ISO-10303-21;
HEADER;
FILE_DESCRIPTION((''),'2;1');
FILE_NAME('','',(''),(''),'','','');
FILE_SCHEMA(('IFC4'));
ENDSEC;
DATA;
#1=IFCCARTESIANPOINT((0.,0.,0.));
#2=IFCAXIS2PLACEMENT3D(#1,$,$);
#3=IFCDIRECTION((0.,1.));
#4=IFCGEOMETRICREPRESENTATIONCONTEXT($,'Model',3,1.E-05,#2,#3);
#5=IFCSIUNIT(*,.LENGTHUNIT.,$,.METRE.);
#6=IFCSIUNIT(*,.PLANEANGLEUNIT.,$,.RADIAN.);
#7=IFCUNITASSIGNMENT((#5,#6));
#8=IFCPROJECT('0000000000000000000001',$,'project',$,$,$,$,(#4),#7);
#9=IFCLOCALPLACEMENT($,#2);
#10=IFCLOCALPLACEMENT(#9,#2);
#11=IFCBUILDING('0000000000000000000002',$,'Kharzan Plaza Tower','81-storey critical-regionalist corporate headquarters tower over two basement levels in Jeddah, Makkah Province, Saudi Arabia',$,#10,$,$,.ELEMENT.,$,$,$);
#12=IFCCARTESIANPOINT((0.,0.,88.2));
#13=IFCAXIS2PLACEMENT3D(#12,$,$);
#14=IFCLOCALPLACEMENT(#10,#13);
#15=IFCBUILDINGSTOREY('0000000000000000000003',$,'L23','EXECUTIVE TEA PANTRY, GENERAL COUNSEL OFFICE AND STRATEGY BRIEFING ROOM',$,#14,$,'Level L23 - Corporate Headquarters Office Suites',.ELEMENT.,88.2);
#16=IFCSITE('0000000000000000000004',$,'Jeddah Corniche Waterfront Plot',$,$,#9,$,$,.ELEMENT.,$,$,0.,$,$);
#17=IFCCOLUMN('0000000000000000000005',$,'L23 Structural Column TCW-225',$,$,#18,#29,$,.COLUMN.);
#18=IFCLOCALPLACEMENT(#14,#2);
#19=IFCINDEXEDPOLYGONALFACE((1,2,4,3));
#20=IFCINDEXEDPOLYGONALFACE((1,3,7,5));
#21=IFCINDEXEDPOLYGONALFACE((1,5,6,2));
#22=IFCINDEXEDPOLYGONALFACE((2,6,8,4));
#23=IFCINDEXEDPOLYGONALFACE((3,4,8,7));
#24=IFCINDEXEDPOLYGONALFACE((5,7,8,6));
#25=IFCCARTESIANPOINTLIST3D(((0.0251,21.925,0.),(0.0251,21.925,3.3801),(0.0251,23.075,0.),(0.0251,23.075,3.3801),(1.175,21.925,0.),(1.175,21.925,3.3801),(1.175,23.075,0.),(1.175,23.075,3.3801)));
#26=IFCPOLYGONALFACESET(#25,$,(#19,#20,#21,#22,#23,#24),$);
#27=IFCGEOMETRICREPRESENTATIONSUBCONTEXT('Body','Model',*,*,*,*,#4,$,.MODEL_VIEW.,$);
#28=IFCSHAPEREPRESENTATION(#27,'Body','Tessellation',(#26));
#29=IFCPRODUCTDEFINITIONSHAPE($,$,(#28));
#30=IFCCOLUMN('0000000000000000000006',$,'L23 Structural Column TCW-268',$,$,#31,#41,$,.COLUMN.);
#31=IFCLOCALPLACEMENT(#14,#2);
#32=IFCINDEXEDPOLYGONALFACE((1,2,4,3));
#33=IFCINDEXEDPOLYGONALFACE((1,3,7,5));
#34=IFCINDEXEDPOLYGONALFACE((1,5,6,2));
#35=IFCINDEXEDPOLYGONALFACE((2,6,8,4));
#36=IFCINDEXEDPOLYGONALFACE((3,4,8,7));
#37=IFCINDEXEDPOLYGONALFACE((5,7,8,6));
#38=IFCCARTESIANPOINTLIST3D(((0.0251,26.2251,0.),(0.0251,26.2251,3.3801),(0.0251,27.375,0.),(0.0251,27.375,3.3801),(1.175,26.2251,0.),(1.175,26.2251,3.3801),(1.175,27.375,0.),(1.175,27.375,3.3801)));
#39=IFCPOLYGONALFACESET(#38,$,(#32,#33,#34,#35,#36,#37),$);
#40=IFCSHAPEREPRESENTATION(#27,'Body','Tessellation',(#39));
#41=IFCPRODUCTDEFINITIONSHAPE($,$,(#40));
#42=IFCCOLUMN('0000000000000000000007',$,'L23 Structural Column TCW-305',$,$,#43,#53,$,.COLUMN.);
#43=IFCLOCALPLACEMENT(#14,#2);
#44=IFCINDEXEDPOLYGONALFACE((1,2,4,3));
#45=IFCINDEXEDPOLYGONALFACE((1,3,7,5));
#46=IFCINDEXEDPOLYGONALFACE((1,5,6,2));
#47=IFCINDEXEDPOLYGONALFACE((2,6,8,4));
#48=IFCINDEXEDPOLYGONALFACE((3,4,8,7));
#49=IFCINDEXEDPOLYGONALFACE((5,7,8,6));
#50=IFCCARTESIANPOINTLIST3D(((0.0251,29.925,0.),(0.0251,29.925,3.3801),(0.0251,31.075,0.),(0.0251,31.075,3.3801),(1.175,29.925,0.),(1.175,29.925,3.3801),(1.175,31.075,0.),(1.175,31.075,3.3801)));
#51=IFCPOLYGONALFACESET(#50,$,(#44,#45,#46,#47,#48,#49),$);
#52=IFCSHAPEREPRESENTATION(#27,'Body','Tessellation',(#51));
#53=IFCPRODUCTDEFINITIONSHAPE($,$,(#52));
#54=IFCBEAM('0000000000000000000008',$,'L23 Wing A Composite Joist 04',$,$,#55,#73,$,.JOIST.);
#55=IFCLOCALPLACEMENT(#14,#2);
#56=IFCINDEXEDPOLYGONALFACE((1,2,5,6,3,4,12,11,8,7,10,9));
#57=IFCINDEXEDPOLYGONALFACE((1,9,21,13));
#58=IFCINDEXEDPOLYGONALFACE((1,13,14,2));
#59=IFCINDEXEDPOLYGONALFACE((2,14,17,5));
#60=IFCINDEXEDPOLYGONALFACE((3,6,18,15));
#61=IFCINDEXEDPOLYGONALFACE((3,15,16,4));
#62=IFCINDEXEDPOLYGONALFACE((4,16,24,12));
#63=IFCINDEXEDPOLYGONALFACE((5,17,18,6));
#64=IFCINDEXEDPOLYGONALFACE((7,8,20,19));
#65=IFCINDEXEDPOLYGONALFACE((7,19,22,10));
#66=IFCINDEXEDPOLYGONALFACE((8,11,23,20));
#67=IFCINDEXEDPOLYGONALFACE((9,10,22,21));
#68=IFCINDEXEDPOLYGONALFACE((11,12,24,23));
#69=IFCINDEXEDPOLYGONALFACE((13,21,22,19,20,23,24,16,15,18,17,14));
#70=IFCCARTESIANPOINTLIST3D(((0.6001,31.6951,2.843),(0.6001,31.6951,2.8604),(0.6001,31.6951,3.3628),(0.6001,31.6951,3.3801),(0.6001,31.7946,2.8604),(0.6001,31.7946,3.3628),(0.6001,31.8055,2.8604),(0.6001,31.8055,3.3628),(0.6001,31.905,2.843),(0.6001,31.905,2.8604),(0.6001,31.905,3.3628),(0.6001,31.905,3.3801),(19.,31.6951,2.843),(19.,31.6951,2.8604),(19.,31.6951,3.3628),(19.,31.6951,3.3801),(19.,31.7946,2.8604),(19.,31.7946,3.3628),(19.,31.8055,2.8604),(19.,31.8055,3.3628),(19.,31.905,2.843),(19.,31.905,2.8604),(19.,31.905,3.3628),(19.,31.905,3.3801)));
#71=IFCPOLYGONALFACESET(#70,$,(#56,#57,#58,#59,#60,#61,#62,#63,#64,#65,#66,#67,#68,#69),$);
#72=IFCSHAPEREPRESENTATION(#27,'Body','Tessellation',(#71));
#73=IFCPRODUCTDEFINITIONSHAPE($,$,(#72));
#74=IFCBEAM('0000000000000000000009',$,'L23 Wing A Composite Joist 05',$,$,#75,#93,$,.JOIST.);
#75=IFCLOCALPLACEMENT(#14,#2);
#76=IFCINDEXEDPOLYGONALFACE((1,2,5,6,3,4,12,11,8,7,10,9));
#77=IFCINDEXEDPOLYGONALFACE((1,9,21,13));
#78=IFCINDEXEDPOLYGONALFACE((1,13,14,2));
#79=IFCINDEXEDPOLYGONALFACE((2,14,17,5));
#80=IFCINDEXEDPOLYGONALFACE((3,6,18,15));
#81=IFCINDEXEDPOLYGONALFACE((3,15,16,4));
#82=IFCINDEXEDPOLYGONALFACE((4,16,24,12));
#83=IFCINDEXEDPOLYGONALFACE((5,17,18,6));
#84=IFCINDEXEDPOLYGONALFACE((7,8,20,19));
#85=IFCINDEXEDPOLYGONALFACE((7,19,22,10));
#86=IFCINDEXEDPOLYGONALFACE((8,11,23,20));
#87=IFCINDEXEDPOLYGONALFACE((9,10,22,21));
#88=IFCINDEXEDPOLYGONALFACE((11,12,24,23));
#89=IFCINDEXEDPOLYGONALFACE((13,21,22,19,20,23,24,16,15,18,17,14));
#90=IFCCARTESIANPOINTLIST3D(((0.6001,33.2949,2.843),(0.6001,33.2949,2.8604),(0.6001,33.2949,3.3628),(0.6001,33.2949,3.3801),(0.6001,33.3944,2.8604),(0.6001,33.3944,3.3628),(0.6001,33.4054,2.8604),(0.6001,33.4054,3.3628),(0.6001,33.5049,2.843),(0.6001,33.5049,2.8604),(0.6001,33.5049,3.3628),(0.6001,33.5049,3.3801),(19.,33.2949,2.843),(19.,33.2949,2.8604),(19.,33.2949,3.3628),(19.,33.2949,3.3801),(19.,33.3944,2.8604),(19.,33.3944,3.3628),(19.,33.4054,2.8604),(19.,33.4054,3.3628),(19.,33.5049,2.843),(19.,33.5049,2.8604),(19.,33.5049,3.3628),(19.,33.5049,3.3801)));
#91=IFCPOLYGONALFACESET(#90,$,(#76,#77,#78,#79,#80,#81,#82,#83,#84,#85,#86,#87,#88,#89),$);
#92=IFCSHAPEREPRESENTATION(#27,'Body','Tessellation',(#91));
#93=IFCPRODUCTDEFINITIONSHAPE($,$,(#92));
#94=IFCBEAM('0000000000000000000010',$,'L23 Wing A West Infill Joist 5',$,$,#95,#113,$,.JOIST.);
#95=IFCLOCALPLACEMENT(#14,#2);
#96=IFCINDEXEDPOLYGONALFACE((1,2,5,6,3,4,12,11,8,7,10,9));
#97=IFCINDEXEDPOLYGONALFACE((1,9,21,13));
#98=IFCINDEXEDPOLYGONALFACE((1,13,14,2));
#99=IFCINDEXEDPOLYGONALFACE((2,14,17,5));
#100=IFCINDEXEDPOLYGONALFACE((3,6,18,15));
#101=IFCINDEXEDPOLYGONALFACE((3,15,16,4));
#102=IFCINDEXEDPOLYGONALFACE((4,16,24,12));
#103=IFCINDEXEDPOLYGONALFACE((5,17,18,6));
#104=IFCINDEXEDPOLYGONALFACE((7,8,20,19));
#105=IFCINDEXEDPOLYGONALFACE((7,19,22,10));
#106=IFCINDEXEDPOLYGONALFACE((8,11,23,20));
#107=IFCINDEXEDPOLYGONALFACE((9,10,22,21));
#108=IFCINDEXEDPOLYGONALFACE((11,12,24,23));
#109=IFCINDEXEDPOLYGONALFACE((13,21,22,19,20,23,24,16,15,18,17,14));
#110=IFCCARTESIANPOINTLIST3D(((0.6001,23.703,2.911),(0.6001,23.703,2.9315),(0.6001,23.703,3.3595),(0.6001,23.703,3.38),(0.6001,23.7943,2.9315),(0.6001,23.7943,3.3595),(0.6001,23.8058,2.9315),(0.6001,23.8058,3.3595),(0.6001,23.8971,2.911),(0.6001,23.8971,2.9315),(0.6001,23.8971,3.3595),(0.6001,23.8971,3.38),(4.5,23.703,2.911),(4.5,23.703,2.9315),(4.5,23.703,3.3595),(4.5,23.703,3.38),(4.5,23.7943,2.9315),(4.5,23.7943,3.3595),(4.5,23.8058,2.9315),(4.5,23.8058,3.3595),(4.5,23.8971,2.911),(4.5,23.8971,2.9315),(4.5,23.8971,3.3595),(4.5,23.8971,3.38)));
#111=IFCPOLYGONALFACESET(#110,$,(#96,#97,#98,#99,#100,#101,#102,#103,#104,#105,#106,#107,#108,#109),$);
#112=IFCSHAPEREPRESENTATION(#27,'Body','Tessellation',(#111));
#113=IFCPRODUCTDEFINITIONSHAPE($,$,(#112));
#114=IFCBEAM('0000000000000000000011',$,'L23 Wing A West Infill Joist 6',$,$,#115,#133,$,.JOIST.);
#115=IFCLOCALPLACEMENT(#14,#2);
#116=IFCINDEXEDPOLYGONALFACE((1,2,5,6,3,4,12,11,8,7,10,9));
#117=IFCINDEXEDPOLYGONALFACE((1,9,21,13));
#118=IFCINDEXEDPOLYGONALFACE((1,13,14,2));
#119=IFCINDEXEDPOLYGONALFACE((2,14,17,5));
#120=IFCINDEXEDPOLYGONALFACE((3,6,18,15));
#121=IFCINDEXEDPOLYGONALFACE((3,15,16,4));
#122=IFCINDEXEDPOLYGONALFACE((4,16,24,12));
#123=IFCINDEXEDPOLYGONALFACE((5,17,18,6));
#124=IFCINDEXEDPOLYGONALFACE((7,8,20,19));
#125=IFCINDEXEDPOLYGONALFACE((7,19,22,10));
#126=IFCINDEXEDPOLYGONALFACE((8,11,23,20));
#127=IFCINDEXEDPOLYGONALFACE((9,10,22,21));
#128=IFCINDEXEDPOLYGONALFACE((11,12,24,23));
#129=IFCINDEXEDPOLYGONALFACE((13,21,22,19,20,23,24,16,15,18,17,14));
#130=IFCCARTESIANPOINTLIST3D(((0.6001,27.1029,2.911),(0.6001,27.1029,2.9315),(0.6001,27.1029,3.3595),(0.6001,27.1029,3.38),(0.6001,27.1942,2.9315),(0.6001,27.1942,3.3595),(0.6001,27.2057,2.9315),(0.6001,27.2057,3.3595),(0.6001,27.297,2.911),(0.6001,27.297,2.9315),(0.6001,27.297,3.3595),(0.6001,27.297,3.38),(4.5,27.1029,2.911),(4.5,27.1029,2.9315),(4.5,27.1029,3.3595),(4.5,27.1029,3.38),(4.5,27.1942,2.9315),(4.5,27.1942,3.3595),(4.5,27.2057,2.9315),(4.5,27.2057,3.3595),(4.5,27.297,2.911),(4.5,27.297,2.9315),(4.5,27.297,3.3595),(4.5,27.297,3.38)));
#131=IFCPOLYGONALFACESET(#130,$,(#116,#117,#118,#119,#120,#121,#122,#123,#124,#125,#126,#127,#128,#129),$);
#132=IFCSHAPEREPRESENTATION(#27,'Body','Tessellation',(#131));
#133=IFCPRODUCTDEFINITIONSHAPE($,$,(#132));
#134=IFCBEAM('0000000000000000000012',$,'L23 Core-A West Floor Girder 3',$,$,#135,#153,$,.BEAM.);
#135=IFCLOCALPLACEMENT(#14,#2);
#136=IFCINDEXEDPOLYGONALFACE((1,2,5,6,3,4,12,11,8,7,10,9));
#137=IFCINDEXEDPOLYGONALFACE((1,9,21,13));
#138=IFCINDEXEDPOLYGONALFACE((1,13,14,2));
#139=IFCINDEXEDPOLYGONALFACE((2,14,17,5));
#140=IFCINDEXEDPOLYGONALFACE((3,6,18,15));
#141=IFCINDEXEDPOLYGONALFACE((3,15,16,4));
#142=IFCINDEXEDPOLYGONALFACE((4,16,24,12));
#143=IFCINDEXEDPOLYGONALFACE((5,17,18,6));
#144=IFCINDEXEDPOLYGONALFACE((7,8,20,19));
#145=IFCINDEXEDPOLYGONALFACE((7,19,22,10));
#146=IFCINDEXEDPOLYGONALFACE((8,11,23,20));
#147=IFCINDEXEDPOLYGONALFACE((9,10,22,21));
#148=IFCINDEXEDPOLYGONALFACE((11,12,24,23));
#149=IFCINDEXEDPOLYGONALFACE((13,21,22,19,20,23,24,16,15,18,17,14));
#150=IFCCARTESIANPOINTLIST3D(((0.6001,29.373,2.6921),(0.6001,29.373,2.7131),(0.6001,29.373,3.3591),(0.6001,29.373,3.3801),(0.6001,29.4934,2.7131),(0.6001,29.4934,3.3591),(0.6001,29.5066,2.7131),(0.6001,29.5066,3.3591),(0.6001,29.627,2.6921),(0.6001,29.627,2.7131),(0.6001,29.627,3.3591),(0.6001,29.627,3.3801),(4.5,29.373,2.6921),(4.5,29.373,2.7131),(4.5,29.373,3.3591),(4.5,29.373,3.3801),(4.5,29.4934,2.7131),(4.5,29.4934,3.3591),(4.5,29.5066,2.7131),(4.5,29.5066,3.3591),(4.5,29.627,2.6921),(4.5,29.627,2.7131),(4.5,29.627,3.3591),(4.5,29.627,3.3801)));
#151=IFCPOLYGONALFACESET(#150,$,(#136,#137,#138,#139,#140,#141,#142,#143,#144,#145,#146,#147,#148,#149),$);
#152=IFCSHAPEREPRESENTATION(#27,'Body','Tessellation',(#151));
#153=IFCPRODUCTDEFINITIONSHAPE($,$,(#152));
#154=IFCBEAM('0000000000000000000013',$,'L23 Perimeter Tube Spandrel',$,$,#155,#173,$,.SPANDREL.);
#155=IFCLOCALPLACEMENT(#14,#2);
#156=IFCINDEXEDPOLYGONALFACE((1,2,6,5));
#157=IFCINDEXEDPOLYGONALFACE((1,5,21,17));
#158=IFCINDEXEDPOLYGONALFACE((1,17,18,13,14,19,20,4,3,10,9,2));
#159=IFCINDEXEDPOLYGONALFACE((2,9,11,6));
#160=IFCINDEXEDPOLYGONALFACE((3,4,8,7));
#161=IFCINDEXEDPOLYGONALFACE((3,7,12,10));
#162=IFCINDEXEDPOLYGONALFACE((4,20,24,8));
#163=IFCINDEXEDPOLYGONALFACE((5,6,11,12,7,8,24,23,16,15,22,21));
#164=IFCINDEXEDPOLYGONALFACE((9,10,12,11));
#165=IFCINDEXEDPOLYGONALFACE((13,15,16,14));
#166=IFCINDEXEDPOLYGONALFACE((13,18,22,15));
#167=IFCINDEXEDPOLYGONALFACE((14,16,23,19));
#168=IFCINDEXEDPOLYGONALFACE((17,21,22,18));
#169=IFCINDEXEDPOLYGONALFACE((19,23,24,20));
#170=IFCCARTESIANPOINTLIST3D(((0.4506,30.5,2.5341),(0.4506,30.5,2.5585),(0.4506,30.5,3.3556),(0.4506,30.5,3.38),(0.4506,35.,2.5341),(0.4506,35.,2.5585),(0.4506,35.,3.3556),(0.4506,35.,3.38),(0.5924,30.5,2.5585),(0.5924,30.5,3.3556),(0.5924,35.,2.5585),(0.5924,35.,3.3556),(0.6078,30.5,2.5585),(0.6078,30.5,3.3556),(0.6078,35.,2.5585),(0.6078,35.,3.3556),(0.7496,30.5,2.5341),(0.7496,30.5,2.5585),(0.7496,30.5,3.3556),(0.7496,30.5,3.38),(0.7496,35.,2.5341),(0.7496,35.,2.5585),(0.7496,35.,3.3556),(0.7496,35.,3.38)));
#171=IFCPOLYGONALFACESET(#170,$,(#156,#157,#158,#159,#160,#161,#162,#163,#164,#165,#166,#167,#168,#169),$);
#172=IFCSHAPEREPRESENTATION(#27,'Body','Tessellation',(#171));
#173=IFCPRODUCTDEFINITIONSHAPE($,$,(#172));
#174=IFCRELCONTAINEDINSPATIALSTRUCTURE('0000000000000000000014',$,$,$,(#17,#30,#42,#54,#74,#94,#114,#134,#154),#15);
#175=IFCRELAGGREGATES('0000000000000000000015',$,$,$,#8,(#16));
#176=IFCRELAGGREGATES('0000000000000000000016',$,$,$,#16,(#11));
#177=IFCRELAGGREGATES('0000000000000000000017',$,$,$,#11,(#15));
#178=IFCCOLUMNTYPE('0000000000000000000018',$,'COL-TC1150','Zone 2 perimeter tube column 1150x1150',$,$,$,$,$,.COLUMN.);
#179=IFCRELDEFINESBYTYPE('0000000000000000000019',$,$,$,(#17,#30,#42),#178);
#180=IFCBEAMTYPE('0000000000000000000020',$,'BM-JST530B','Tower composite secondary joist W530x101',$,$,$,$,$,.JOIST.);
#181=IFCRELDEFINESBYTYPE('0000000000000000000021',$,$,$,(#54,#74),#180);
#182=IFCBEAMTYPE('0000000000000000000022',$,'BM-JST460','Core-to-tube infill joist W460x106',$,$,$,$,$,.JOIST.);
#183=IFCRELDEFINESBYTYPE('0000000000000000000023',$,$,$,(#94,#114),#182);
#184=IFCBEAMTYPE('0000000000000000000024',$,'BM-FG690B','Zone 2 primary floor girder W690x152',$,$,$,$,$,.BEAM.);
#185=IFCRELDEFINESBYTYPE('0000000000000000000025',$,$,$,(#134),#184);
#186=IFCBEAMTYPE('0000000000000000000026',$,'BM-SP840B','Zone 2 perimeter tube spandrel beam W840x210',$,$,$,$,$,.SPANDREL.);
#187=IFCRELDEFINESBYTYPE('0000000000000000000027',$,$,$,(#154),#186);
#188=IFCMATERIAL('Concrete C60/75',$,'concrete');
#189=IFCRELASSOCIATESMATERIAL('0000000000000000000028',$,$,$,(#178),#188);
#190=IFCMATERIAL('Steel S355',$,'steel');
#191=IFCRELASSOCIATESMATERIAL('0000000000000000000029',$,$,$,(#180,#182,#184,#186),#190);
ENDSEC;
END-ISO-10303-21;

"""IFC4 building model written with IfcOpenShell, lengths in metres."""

from ifc_helpers import new_model, si_unit, direction, frame, origin, origin_2d, place, context, subcontext, project, spatial, rectangle, i_section, extrude, source, transform, mapped, material, material_profile, profile_set, type_object, element, save


model = new_model("IFC4")

# Units and contexts
model_context = context("Model", 3, precision=1e-05, world=origin(), true_north=direction((0.0, 1.0)))
body_context = subcontext(model_context, "Body", "Model", "MODEL_VIEW")
ifc_project = project(units=[si_unit("LENGTHUNIT", "METRE"), si_unit("PLANEANGLEUNIT", "RADIAN")], contexts=[model_context])

# Site, building, storey
site_placement = place(None, origin())
site = spatial("IfcSite", under=ifc_project, at=site_placement, Name="Jeddah Corniche Waterfront Plot", CompositionType="ELEMENT", RefElevation=0.0)
building_placement = place(site_placement, origin())
building = spatial("IfcBuilding", under=site, at=building_placement, Name="Kharzan Plaza Tower", Description="81-storey critical-regionalist corporate headquarters tower over two basement levels in Jeddah, Makkah Province, Saudi Arabia", CompositionType="ELEMENT")
storey_placement = place(building_placement, frame((0.0, 0.0, 88.2)))
storey = spatial("IfcBuildingStorey", under=building, at=storey_placement, Name="L23", Description="EXECUTIVE TEA PANTRY, GENERAL COUNSEL OFFICE AND STRATEGY BRIEFING ROOM", LongName="Level L23 - Corporate Headquarters Office Suites", CompositionType="ELEMENT", Elevation=88.2)

# Columns
ifc_material_1 = material(Name="Concrete C60/75", Category="concrete")
ifc_material_profile_1 = material_profile(ifc_material_1, rectangle(XDim=1.1499, YDim=1.1499, at=origin_2d()), Name="RC-TC1150x1150")
ifc_profile_set_1 = profile_set([ifc_material_profile_1], Name="Concrete C60/75")
column_type = type_object("IfcColumnType", Name="COL-TC1150", Description="Zone 2 perimeter tube column 1150x1150", PredefinedType="COLUMN", material=ifc_profile_set_1)
shared_shape_1 = source(origin(), body_context, "Body", "SweptSolid", [
    extrude(rectangle(XDim=1.1499, YDim=1.1499, at=origin_2d()), origin(), (0.0, 0.0, 1.0), 3.3801),
])
for number, where, z_axis, x_axis, name in (
    (1, (0.6001, 22.5, 0.0), (0.0, 0.0, 1.0), (1.0, 0.0, 0.0), "L23 Structural Column TCW-225"),
    (2, (0.6001, 26.8, 0.0), (0.0, 0.0, 1.0), (1.0, 0.0, 0.0), "L23 Structural Column TCW-268"),
    (3, (0.6001, 30.5, 0.0), (0.0, 0.0, 1.0), (1.0, 0.0, 0.0), "L23 Structural Column TCW-305"),
):
    element("IfcColumn", number, at=place(storey_placement, frame(where, z_axis=z_axis, x_axis=x_axis)), inside=storey, type_object=column_type, Name=name, PredefinedType="COLUMN", context=body_context, shape_type="MappedRepresentation", body=[
        mapped(shared_shape_1, transform((0.0, 0.0, 0.0), x_axis=(1.0, 0.0, 0.0), y_axis=(0.0, 1.0, 0.0), z_axis=(0.0, 0.0, 1.0))),
    ])

# Beams
ifc_material_2 = material(Name="Steel S355", Category="steel")
ifc_material_profile_2 = material_profile(ifc_material_2, i_section(OverallWidth=0.21, OverallDepth=0.5371, WebThickness=0.011, FlangeThickness=0.0173, at=origin_2d()), Name="W530x101")
ifc_profile_set_2 = profile_set([ifc_material_profile_2], Name="Steel S355")
beam_type_1 = type_object("IfcBeamType", Name="BM-JST530B", Description="Tower composite secondary joist W530x101", PredefinedType="JOIST", material=ifc_profile_set_2)
shared_shape_2 = source(origin(), body_context, "Body", "SweptSolid", [
    extrude(i_section(OverallWidth=0.21, OverallDepth=0.5371, WebThickness=0.011, FlangeThickness=0.0173, at=origin_2d()), origin(), (0.0, 0.0, 1.0), 18.3999),
])
for number, where, z_axis, x_axis, name in (
    (4, (0.6001, 31.8, 3.1116), (1.0, 0.0, 0.0), (0.0, 1.0, 0.0), "L23 Wing A Composite Joist 04"),
    (5, (0.6001, 33.3999, 3.1116), (1.0, 0.0, 0.0), (0.0, 1.0, 0.0), "L23 Wing A Composite Joist 05"),
):
    element("IfcBeam", number, at=place(storey_placement, frame(where, z_axis=z_axis, x_axis=x_axis)), inside=storey, type_object=beam_type_1, Name=name, PredefinedType="JOIST", context=body_context, shape_type="MappedRepresentation", body=[
        mapped(shared_shape_2, transform((0.0, 0.0, 0.0), x_axis=(1.0, 0.0, 0.0), y_axis=(0.0, 1.0, 0.0), z_axis=(0.0, 0.0, 1.0))),
    ])
ifc_material_profile_3 = material_profile(ifc_material_2, i_section(OverallWidth=0.1941, OverallDepth=0.469, WebThickness=0.0115, FlangeThickness=0.0205, at=origin_2d()), Name="W460x106")
ifc_profile_set_3 = profile_set([ifc_material_profile_3], Name="Steel S355")
beam_type_2 = type_object("IfcBeamType", Name="BM-JST460", Description="Core-to-tube infill joist W460x106", PredefinedType="JOIST", material=ifc_profile_set_3)
shared_shape_3 = source(origin(), body_context, "Body", "SweptSolid", [
    extrude(i_section(OverallWidth=0.1941, OverallDepth=0.469, WebThickness=0.0115, FlangeThickness=0.0205, at=origin_2d()), origin(), (0.0, 0.0, 1.0), 3.8999),
])
for number, where, z_axis, x_axis, name in (
    (6, (0.6001, 23.8, 3.1455), (1.0, 0.0, 0.0), (0.0, 1.0, 0.0), "L23 Wing A West Infill Joist 5"),
    (7, (0.6001, 27.2, 3.1455), (1.0, 0.0, 0.0), (0.0, 1.0, 0.0), "L23 Wing A West Infill Joist 6"),
):
    element("IfcBeam", number, at=place(storey_placement, frame(where, z_axis=z_axis, x_axis=x_axis)), inside=storey, type_object=beam_type_2, Name=name, PredefinedType="JOIST", context=body_context, shape_type="MappedRepresentation", body=[
        mapped(shared_shape_3, transform((0.0, 0.0, 0.0), x_axis=(1.0, 0.0, 0.0), y_axis=(0.0, 1.0, 0.0), z_axis=(0.0, 0.0, 1.0))),
    ])
ifc_material_profile_4 = material_profile(ifc_material_2, i_section(OverallWidth=0.2539, OverallDepth=0.688, WebThickness=0.0132, FlangeThickness=0.021, at=origin_2d()), Name="W690x152")
ifc_profile_set_4 = profile_set([ifc_material_profile_4], Name="Steel S355")
beam_type_3 = type_object("IfcBeamType", Name="BM-FG690B", Description="Zone 2 primary floor girder W690x152", PredefinedType="BEAM", material=ifc_profile_set_4)
shared_shape_4 = source(origin(), body_context, "Body", "SweptSolid", [
    extrude(i_section(OverallWidth=0.2539, OverallDepth=0.688, WebThickness=0.0132, FlangeThickness=0.021, at=origin_2d()), origin(), (0.0, 0.0, 1.0), 3.8999),
])
beam_1_placement = place(storey_placement, frame((0.6001, 29.5, 3.0361), z_axis=(1.0, 0.0, 0.0), x_axis=(0.0, 1.0, 0.0)))
element("IfcBeam", 8, at=beam_1_placement, inside=storey, type_object=beam_type_3, Name="L23 Core-A West Floor Girder 3", PredefinedType="BEAM", context=body_context, shape_type="MappedRepresentation", body=[
    mapped(shared_shape_4, transform((0.0, 0.0, 0.0), x_axis=(1.0, 0.0, 0.0), y_axis=(0.0, 1.0, 0.0), z_axis=(0.0, 0.0, 1.0))),
])
ifc_material_profile_5 = material_profile(ifc_material_2, i_section(OverallWidth=0.2991, OverallDepth=0.8459, WebThickness=0.0154, FlangeThickness=0.0244, at=origin_2d()), Name="W840x210")
ifc_profile_set_5 = profile_set([ifc_material_profile_5], Name="Steel S355")
beam_type_4 = type_object("IfcBeamType", Name="BM-SP840B", Description="Zone 2 perimeter tube spandrel beam W840x210", PredefinedType="SPANDREL", material=ifc_profile_set_5)
shared_shape_5 = source(origin(), body_context, "Body", "SweptSolid", [
    extrude(i_section(OverallWidth=0.2991, OverallDepth=0.8459, WebThickness=0.0154, FlangeThickness=0.0244, at=origin_2d()), origin(), (0.0, 0.0, 1.0), 4.5),
])
beam_2_placement = place(storey_placement, frame((0.6001, 30.5, 2.957), z_axis=(0.0, 1.0, 0.0), x_axis=(-1.0, 0.0, 0.0)))
element("IfcBeam", 9, at=beam_2_placement, inside=storey, type_object=beam_type_4, Name="L23 Perimeter Tube Spandrel", PredefinedType="SPANDREL", context=body_context, shape_type="MappedRepresentation", body=[
    mapped(shared_shape_5, transform((0.0, 0.0, 0.0), x_axis=(1.0, 0.0, 0.0), y_axis=(0.0, 1.0, 0.0), z_axis=(0.0, 0.0, 1.0))),
])

save(model, "model.ifc")
